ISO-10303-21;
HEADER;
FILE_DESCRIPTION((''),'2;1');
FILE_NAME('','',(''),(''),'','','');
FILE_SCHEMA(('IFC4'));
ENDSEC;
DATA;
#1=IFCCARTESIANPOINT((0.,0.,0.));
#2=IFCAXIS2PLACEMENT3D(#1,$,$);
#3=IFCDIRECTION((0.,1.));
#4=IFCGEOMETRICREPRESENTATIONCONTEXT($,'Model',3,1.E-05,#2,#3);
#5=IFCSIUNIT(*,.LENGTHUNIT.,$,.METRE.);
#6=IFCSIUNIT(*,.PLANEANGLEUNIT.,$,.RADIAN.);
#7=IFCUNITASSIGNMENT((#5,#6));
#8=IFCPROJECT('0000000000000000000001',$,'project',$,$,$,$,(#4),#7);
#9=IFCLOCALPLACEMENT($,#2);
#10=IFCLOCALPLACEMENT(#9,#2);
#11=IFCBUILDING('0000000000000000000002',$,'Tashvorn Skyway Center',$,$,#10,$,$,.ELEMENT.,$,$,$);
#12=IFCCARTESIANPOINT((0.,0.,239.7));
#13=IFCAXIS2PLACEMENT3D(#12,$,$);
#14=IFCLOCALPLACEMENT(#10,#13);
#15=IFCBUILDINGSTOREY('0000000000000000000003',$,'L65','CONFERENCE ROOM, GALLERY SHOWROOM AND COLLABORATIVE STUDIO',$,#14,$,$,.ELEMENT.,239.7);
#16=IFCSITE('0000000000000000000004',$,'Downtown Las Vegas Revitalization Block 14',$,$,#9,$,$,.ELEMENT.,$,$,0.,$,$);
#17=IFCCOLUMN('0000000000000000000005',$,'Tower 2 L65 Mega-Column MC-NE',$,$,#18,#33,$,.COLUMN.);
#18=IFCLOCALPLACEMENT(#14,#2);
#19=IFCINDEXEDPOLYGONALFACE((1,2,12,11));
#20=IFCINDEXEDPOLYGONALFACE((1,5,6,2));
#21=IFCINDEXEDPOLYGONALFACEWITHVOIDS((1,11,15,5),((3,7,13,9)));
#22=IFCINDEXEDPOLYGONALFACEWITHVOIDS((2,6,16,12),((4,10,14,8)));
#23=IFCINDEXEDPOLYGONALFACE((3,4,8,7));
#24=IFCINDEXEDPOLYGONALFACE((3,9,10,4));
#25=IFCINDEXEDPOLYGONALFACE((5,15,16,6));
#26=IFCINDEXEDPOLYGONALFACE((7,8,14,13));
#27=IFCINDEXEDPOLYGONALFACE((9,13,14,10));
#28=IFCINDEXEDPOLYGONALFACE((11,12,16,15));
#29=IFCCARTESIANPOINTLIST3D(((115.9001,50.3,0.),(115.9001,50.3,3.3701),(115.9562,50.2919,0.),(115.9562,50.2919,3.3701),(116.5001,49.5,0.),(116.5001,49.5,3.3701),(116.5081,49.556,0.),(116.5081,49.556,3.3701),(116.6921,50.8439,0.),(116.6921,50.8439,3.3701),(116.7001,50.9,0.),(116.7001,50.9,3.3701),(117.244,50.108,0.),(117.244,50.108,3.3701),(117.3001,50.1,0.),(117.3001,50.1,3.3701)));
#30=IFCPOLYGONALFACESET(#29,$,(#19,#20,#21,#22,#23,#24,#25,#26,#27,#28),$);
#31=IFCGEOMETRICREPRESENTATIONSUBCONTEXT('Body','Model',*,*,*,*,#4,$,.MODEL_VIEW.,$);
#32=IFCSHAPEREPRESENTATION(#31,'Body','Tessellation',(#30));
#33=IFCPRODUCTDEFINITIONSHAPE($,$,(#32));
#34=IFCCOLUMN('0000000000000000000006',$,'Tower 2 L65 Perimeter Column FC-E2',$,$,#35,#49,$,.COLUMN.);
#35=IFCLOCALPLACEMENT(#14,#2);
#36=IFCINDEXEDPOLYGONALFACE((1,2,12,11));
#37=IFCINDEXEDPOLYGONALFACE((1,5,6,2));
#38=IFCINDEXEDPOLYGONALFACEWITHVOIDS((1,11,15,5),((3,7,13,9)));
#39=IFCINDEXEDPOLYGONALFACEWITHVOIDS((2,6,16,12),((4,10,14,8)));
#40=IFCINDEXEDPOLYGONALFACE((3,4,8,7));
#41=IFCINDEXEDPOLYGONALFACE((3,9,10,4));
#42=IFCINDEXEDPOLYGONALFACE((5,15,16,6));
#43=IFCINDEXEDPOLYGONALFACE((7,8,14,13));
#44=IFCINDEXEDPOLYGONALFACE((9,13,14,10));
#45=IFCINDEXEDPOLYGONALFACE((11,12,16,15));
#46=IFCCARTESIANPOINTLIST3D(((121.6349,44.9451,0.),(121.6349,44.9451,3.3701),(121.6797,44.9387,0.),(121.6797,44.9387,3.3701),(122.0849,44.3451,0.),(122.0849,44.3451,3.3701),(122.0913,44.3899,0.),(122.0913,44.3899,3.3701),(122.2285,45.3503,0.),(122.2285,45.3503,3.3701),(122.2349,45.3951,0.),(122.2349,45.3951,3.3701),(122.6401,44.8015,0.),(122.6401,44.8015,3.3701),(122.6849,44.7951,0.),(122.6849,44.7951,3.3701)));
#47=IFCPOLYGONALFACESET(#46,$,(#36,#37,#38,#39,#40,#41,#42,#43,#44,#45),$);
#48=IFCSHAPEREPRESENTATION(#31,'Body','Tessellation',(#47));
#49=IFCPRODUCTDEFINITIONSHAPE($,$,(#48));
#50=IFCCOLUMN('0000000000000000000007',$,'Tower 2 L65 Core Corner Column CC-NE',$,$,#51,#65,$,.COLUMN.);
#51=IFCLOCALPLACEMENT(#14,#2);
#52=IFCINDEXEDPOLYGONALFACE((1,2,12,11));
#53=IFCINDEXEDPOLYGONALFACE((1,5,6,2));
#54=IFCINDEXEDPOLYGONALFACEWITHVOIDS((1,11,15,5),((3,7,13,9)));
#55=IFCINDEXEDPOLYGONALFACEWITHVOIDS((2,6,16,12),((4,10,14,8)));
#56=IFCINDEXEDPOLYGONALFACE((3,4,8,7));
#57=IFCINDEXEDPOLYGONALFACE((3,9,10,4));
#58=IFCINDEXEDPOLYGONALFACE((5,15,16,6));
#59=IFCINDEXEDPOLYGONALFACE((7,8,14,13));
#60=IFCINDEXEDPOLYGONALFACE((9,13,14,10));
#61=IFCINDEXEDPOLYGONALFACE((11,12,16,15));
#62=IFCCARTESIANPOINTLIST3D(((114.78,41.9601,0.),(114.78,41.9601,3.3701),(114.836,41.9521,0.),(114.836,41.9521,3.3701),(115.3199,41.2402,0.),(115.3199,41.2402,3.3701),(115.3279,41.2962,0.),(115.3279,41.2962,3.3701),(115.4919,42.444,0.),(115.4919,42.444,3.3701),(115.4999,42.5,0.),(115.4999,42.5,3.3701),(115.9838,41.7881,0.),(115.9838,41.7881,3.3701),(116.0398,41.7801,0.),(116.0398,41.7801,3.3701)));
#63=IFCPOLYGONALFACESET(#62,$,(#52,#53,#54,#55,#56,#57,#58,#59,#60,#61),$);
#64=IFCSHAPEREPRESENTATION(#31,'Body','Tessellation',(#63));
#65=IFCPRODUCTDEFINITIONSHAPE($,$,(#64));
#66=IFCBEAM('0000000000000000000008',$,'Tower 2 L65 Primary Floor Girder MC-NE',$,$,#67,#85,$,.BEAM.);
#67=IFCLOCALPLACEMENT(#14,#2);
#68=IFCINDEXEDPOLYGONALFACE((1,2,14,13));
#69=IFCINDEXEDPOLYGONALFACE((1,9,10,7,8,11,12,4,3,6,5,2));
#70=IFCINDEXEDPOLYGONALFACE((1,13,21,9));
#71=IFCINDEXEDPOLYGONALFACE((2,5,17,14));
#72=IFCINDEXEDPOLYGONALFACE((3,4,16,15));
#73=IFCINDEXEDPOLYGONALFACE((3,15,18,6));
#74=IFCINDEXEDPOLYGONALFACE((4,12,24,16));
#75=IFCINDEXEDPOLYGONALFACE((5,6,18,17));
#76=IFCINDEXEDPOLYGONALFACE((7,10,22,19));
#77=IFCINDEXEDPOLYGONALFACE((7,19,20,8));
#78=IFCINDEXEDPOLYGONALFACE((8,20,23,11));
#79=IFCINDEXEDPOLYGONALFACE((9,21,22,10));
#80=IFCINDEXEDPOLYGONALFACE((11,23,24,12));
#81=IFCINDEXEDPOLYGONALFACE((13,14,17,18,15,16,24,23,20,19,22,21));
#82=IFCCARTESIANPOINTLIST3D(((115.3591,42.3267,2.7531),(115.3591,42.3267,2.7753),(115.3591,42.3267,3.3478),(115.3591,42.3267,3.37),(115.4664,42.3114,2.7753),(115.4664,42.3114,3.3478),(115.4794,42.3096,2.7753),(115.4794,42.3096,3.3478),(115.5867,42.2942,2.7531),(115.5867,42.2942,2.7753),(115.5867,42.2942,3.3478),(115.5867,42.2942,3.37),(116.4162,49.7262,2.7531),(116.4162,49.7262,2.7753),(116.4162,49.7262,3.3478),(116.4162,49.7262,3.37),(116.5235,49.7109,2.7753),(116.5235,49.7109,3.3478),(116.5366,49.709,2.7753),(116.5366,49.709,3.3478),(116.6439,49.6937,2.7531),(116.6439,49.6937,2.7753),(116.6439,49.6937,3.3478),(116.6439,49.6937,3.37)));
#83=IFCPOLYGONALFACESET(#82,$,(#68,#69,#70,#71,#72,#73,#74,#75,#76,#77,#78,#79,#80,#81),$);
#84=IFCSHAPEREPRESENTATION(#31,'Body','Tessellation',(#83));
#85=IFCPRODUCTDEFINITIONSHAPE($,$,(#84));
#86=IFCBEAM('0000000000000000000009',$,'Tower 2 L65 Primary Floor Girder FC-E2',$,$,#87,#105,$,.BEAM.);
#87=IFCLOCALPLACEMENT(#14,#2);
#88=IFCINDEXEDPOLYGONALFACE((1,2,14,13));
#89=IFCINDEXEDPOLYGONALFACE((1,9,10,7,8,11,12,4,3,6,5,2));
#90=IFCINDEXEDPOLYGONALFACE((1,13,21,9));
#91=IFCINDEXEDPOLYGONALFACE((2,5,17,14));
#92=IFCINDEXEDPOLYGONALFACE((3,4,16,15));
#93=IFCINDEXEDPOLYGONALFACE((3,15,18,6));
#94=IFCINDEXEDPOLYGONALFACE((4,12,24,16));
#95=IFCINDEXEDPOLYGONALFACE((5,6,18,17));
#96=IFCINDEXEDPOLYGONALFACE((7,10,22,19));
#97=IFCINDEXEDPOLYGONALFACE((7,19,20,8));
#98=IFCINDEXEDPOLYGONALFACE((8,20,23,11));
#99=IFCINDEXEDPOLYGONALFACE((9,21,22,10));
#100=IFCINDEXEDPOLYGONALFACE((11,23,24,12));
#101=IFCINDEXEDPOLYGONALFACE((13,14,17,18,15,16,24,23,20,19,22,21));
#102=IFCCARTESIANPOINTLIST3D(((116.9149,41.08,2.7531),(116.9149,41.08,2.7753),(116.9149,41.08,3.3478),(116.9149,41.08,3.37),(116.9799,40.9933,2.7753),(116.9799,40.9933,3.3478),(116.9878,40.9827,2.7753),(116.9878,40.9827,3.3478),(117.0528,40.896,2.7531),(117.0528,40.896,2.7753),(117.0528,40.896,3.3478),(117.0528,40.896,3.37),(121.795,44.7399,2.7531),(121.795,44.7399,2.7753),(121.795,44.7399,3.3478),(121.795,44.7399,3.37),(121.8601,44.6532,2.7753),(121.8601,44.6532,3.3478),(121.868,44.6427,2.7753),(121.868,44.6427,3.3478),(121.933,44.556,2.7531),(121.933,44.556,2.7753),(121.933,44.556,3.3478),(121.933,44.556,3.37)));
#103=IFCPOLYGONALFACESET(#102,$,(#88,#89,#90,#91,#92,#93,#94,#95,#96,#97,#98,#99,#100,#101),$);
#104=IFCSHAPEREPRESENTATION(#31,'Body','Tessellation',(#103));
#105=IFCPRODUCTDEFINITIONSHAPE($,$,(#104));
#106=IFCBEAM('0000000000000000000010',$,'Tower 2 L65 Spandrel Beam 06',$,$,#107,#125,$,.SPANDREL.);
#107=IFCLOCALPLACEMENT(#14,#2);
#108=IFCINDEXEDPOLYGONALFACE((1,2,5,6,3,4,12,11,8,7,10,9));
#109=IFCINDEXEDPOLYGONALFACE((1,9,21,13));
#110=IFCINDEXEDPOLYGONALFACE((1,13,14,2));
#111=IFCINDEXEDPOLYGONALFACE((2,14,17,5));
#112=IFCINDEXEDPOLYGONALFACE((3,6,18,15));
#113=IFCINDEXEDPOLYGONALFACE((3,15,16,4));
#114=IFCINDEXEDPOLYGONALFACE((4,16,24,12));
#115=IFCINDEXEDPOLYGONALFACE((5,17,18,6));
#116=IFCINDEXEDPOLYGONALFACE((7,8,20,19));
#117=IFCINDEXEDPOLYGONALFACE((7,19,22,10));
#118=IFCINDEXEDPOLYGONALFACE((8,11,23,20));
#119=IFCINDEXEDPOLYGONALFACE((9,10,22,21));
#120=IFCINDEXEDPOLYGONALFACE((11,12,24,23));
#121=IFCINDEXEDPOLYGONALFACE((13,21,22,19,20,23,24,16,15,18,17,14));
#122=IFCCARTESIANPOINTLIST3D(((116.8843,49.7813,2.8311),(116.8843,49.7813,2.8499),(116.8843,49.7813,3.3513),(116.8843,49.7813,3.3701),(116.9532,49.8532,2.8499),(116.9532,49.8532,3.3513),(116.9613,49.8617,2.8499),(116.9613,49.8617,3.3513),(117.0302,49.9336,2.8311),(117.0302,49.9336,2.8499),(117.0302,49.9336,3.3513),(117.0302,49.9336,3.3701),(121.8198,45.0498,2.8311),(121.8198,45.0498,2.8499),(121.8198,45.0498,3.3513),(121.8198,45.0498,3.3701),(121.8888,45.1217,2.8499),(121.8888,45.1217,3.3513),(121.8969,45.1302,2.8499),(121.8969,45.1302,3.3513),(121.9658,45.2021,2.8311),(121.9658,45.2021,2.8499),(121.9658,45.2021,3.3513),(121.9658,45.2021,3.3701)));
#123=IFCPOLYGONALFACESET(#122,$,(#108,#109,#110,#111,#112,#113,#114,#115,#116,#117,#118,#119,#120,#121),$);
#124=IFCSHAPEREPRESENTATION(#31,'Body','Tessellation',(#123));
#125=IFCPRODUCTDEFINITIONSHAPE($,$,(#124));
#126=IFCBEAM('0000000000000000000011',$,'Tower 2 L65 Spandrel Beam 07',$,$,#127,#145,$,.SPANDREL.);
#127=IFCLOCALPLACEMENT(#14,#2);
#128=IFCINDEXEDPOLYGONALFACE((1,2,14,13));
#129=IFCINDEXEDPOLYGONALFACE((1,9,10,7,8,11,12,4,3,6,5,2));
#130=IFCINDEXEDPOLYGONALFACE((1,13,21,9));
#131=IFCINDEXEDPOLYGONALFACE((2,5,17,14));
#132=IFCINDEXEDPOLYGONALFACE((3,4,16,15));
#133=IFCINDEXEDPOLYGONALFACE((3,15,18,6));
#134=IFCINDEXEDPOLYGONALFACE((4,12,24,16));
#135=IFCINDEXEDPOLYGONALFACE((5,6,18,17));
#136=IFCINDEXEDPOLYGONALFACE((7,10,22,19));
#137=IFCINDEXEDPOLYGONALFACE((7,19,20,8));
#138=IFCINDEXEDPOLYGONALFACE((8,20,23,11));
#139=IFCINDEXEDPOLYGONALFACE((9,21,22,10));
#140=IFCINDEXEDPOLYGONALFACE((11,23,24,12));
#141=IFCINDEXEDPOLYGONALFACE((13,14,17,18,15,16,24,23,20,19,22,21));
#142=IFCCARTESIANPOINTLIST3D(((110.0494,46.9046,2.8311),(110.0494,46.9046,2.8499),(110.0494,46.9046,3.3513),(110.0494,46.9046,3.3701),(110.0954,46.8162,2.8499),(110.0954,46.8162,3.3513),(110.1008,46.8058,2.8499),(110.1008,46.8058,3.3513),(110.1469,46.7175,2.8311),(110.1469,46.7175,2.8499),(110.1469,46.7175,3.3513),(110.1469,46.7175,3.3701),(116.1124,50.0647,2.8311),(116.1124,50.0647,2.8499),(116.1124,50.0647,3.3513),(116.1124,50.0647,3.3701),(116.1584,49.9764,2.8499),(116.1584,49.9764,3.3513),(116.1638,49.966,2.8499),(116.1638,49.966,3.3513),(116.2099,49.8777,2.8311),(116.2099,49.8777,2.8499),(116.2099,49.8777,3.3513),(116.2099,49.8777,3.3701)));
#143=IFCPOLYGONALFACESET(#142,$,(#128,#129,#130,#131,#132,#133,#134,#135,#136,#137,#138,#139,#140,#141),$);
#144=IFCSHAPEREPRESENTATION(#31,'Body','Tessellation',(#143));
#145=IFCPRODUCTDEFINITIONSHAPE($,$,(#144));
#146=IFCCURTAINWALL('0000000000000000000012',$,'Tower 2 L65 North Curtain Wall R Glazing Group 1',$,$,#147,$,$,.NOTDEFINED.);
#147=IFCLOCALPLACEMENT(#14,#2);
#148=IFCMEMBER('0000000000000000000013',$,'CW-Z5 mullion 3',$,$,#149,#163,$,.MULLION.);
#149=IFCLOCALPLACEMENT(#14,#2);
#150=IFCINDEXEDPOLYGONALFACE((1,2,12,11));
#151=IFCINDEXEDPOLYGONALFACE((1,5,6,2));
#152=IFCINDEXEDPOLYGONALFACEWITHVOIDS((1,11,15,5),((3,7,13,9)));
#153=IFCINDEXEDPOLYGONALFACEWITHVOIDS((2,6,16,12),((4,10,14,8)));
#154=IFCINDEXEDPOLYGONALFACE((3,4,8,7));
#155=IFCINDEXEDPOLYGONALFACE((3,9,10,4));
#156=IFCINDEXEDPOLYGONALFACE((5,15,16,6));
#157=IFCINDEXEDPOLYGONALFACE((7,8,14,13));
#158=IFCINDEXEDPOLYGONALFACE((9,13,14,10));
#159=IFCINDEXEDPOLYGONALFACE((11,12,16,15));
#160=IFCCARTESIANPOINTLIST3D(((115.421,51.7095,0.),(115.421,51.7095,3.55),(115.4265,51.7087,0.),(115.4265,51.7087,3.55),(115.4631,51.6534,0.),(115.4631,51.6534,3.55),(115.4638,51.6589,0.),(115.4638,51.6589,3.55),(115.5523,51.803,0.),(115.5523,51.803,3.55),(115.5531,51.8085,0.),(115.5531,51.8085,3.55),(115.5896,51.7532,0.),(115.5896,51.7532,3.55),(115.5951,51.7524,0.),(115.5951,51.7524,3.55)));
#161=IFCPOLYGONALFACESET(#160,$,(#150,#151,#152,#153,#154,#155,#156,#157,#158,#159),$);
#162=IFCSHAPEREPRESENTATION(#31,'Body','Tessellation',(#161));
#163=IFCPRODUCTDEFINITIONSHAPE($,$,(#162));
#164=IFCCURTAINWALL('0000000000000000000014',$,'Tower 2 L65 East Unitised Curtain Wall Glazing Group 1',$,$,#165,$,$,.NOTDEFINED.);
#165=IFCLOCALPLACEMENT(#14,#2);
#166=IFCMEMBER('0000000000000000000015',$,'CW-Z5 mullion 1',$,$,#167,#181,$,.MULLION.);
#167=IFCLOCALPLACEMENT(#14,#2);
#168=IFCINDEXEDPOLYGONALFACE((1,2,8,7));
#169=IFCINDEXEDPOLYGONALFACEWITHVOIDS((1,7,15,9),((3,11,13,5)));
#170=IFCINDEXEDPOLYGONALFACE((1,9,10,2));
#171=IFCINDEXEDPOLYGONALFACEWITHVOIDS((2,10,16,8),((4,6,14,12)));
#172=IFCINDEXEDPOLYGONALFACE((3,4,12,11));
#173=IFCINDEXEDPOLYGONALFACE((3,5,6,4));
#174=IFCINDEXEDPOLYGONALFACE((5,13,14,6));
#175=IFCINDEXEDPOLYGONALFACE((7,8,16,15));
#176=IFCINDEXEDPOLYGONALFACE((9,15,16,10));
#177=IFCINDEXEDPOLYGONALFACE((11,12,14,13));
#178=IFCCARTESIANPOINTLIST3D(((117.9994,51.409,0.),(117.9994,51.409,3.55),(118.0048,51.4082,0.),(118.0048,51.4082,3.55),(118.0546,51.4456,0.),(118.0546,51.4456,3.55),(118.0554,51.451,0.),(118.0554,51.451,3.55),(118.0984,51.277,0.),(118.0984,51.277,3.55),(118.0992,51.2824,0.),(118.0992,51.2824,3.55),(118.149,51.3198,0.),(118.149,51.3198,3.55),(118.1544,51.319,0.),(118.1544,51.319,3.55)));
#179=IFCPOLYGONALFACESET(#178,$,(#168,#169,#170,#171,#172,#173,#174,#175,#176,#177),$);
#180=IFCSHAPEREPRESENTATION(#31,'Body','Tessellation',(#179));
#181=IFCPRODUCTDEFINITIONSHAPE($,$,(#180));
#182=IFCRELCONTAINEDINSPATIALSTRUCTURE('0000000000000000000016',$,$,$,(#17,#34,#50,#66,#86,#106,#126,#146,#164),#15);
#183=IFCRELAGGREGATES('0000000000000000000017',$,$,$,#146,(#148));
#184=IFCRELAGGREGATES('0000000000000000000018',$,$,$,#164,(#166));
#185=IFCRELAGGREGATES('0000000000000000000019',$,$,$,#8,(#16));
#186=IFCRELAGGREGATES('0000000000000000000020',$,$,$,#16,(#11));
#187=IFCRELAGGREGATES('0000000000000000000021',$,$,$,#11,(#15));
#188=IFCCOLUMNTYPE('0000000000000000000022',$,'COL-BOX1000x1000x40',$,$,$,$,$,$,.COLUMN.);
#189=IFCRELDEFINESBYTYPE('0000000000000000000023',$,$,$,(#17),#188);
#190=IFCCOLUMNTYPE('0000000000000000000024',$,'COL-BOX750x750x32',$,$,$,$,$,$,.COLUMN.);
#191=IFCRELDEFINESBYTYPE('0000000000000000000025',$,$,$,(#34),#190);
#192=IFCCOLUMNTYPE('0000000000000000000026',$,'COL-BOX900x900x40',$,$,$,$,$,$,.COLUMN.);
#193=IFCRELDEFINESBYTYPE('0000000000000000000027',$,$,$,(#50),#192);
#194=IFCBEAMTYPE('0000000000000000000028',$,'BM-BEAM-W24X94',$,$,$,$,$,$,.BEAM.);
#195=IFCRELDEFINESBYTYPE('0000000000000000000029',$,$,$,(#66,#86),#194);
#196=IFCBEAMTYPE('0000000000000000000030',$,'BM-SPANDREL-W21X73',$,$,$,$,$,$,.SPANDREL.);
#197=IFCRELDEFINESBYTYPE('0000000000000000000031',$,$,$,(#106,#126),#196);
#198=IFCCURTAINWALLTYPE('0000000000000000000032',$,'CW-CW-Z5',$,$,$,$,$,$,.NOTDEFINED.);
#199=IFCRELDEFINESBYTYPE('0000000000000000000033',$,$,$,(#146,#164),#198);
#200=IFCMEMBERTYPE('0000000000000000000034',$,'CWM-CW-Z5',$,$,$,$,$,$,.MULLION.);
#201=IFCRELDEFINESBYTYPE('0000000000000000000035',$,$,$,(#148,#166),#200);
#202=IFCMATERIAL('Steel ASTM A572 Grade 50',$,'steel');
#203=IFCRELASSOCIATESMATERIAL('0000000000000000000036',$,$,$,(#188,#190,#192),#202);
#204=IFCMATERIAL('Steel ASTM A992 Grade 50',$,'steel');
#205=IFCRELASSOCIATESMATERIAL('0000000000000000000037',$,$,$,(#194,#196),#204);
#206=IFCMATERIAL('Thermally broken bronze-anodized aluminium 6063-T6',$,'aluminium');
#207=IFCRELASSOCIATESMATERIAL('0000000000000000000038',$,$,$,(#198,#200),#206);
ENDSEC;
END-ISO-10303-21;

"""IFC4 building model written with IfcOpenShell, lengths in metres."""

from ifc_helpers import new_model, si_unit, direction, frame, origin, origin_2d, place, context, subcontext, project, spatial, hollow_rectangle, i_section, extrude, material, material_profile, profile_set, type_object, element, aggregate, save


model = new_model("IFC4")

# Units and contexts
model_context = context("Model", 3, precision=1e-05, world=origin(), true_north=direction((0.0, 1.0)))
body_context = subcontext(model_context, "Body", "Model", "MODEL_VIEW")
ifc_project = project(units=[si_unit("LENGTHUNIT", "METRE"), si_unit("PLANEANGLEUNIT", "RADIAN")], contexts=[model_context])

# Site, building, storey
site_placement = place(None, origin())
site = spatial("IfcSite", under=ifc_project, at=site_placement, Name="Downtown Las Vegas Revitalization Block 14", CompositionType="ELEMENT", RefElevation=0.0)
building_placement = place(site_placement, origin())
building = spatial("IfcBuilding", under=site, at=building_placement, Name="Tashvorn Skyway Center", CompositionType="ELEMENT")
storey_placement = place(building_placement, frame((0.0, 0.0, 239.7)))
storey = spatial("IfcBuildingStorey", under=building, at=storey_placement, Name="L65", Description="CONFERENCE ROOM, GALLERY SHOWROOM AND COLLABORATIVE STUDIO", CompositionType="ELEMENT", Elevation=239.7)

# Columns
ifc_material_1 = material(Name="Steel ASTM A572 Grade 50", Category="steel")
ifc_material_profile_1 = material_profile(ifc_material_1, hollow_rectangle(XDim=1.0, YDim=1.0, WallThickness=0.04, at=origin_2d()), Name="BOX1000x1000x40")
ifc_profile_set_1 = profile_set([ifc_material_profile_1], Name="Steel ASTM A572 Grade 50")
column_type_1 = type_object("IfcColumnType", Name="COL-BOX1000x1000x40", PredefinedType="COLUMN", material=ifc_profile_set_1)
column_1_placement = place(storey_placement, frame((116.6001, 50.2, 0.0), z_axis=(0.0, 0.0, 1.0), x_axis=(0.8, 0.6, 0.0)))
element("IfcColumn", 1, at=column_1_placement, inside=storey, type_object=column_type_1, Name="Tower 2 L65 Mega-Column MC-NE", PredefinedType="COLUMN", context=body_context, shape_type="SweptSolid", body=[
    extrude(hollow_rectangle(XDim=1.0, YDim=1.0, WallThickness=0.04, at=origin_2d()), origin(), (0.0, 0.0, 1.0), 3.3701),
])
ifc_material_profile_2 = material_profile(ifc_material_1, hollow_rectangle(XDim=0.75, YDim=0.75, WallThickness=0.032, at=origin_2d()), Name="BOX750x750x32")
ifc_profile_set_2 = profile_set([ifc_material_profile_2], Name="Steel ASTM A572 Grade 50")
column_type_2 = type_object("IfcColumnType", Name="COL-BOX750x750x32", PredefinedType="COLUMN", material=ifc_profile_set_2)
column_2_placement = place(storey_placement, frame((122.1599, 44.8701, 0.0), z_axis=(0.0, 0.0, 1.0), x_axis=(0.8, 0.6, 0.0)))
element("IfcColumn", 2, at=column_2_placement, inside=storey, type_object=column_type_2, Name="Tower 2 L65 Perimeter Column FC-E2", PredefinedType="COLUMN", context=body_context, shape_type="SweptSolid", body=[
    extrude(hollow_rectangle(XDim=0.75, YDim=0.75, WallThickness=0.032, at=origin_2d()), origin(), (0.0, 0.0, 1.0), 3.3701),
])
ifc_material_profile_3 = material_profile(ifc_material_1, hollow_rectangle(XDim=0.8999, YDim=0.8999, WallThickness=0.04, at=origin_2d()), Name="BOX900x900x40")
ifc_profile_set_3 = profile_set([ifc_material_profile_3], Name="Steel ASTM A572 Grade 50")
column_type_3 = type_object("IfcColumnType", Name="COL-BOX900x900x40", PredefinedType="COLUMN", material=ifc_profile_set_3)
column_3_placement = place(storey_placement, frame((115.4099, 41.8701, 0.0), z_axis=(0.0, 0.0, 1.0), x_axis=(0.8, 0.6, 0.0)))
element("IfcColumn", 3, at=column_3_placement, inside=storey, type_object=column_type_3, Name="Tower 2 L65 Core Corner Column CC-NE", PredefinedType="COLUMN", context=body_context, shape_type="SweptSolid", body=[
    extrude(hollow_rectangle(XDim=0.8999, YDim=0.8999, WallThickness=0.04, at=origin_2d()), origin(), (0.0, 0.0, 1.0), 3.3701),
])

# Beams
ifc_material_2 = material(Name="Steel ASTM A992 Grade 50", Category="steel")
ifc_material_profile_4 = material_profile(ifc_material_2, i_section(OverallWidth=0.23, OverallDepth=0.6169, WebThickness=0.0132, FlangeThickness=0.0222, at=origin_2d()), Name="W24X94")
ifc_profile_set_4 = profile_set([ifc_material_profile_4], Name="Steel ASTM A992 Grade 50")
beam_type_1 = type_object("IfcBeamType", Name="BM-BEAM-W24X94", PredefinedType="BEAM", material=ifc_profile_set_4)
beam_1_placement = place(storey_placement, frame((116.53, 49.71, 3.0615), z_axis=(-0.141431, -0.989948, 0.0), x_axis=(0.989948, -0.141431, 0.0)))
element("IfcBeam", 4, at=beam_1_placement, inside=storey, type_object=beam_type_1, Name="Tower 2 L65 Primary Floor Girder MC-NE", PredefinedType="BEAM", context=body_context, shape_type="SweptSolid", body=[
    extrude(i_section(OverallWidth=0.23, OverallDepth=0.6169, WebThickness=0.0132, FlangeThickness=0.0222, at=origin_2d()), origin(), (0.0, 0.0, 1.0), 7.4746),
])
beam_2_placement = place(storey_placement, frame((121.864, 44.6479, 3.0615), z_axis=(-0.800014, -0.599981, 0.0), x_axis=(0.599981, -0.800014, 0.0)))
element("IfcBeam", 5, at=beam_2_placement, inside=storey, type_object=beam_type_1, Name="Tower 2 L65 Primary Floor Girder FC-E2", PredefinedType="BEAM", context=body_context, shape_type="SweptSolid", body=[
    extrude(i_section(OverallWidth=0.23, OverallDepth=0.6169, WebThickness=0.0132, FlangeThickness=0.0222, at=origin_2d()), origin(), (0.0, 0.0, 1.0), 6.1001),
])
ifc_material_profile_5 = material_profile(ifc_material_2, i_section(OverallWidth=0.2109, OverallDepth=0.5391, WebThickness=0.0117, FlangeThickness=0.0188, at=origin_2d()), Name="W21X73")
ifc_profile_set_5 = profile_set([ifc_material_profile_5], Name="Steel ASTM A992 Grade 50")
beam_type_2 = type_object("IfcBeamType", Name="BM-SPANDREL-W21X73", PredefinedType="SPANDREL", material=ifc_profile_set_5)
for number, where, z_axis, x_axis, name in (
    (6, (121.8928, 45.126, 3.1006), (-0.721875, 0.692023, 0.0), (-0.692023, -0.721875, 0.0), "Tower 2 L65 Spandrel Beam 06"),
    (7, (116.1611, 49.9712, 3.1006), (-0.886773, -0.462205, 0.0), (0.462205, -0.886773, 0.0), "Tower 2 L65 Spandrel Beam 07"),
):
    element("IfcBeam", number, at=place(storey_placement, frame(where, z_axis=z_axis, x_axis=x_axis)), inside=storey, type_object=beam_type_2, Name=name, PredefinedType="SPANDREL", context=body_context, shape_type="SweptSolid", body=[
        extrude(i_section(OverallWidth=0.2109, OverallDepth=0.5391, WebThickness=0.0117, FlangeThickness=0.0188, at=origin_2d()), origin(), (0.0, 0.0, 1.0), 6.8372),
    ])

# Curtain wall, member
ifc_material_3 = material(Name="Thermally broken bronze-anodized aluminium 6063-T6", Category="aluminium")
curtain_wall_type = type_object("IfcCurtainWallType", Name="CW-CW-Z5", PredefinedType="NOTDEFINED", material=ifc_material_3)
curtain_wall_1_placement = place(storey_placement, origin())
curtain_wall_1 = element("IfcCurtainWall", 8, at=curtain_wall_1_placement, inside=storey, type_object=curtain_wall_type, Name="Tower 2 L65 North Curtain Wall R Glazing Group 1", PredefinedType="NOTDEFINED")
ifc_material_profile_6 = material_profile(ifc_material_3, hollow_rectangle(XDim=0.0701, YDim=0.165, WallThickness=0.0039, at=origin_2d()), Name="ALU-MULL-70x165")
ifc_profile_set_6 = profile_set([ifc_material_profile_6], Name="Thermally broken bronze-anodized aluminium 6063-T6")
member_type_1 = type_object("IfcMemberType", Name="CWM-CW-Z5", PredefinedType="MULLION", material=ifc_profile_set_6)
member_1_placement = place(storey_placement, frame((115.5081, 51.731, 0.0), z_axis=(0.0, 0.0, 1.0), x_axis=(-0.600003, 0.799998, 0.0)))
member_1 = element("IfcMember", 9, at=member_1_placement, type_object=member_type_1, Name="CW-Z5 mullion 3", PredefinedType="MULLION", context=body_context, shape_type="SweptSolid", body=[
    extrude(hollow_rectangle(XDim=0.0701, YDim=0.165, WallThickness=0.0039, at=origin_2d()), origin(), (0.0, 0.0, 1.0), 3.55),
])

# Curtain wall, member
curtain_wall_2_placement = place(storey_placement, origin())
curtain_wall_2 = element("IfcCurtainWall", 10, at=curtain_wall_2_placement, inside=storey, type_object=curtain_wall_type, Name="Tower 2 L65 East Unitised Curtain Wall Glazing Group 1", PredefinedType="NOTDEFINED")
member_2_placement = place(storey_placement, frame((118.0769, 51.364, 0.0), z_axis=(0.0, 0.0, 1.0), x_axis=(0.800002, 0.599997, 0.0)))
member_2 = element("IfcMember", 11, at=member_2_placement, type_object=member_type_1, Name="CW-Z5 mullion 1", PredefinedType="MULLION", context=body_context, shape_type="SweptSolid", body=[
    extrude(hollow_rectangle(XDim=0.0701, YDim=0.165, WallThickness=0.0039, at=origin_2d()), origin(), (0.0, 0.0, 1.0), 3.55),
])

aggregate(curtain_wall_1, [member_1])
aggregate(curtain_wall_2, [member_2])

save(model, "model.ifc")
